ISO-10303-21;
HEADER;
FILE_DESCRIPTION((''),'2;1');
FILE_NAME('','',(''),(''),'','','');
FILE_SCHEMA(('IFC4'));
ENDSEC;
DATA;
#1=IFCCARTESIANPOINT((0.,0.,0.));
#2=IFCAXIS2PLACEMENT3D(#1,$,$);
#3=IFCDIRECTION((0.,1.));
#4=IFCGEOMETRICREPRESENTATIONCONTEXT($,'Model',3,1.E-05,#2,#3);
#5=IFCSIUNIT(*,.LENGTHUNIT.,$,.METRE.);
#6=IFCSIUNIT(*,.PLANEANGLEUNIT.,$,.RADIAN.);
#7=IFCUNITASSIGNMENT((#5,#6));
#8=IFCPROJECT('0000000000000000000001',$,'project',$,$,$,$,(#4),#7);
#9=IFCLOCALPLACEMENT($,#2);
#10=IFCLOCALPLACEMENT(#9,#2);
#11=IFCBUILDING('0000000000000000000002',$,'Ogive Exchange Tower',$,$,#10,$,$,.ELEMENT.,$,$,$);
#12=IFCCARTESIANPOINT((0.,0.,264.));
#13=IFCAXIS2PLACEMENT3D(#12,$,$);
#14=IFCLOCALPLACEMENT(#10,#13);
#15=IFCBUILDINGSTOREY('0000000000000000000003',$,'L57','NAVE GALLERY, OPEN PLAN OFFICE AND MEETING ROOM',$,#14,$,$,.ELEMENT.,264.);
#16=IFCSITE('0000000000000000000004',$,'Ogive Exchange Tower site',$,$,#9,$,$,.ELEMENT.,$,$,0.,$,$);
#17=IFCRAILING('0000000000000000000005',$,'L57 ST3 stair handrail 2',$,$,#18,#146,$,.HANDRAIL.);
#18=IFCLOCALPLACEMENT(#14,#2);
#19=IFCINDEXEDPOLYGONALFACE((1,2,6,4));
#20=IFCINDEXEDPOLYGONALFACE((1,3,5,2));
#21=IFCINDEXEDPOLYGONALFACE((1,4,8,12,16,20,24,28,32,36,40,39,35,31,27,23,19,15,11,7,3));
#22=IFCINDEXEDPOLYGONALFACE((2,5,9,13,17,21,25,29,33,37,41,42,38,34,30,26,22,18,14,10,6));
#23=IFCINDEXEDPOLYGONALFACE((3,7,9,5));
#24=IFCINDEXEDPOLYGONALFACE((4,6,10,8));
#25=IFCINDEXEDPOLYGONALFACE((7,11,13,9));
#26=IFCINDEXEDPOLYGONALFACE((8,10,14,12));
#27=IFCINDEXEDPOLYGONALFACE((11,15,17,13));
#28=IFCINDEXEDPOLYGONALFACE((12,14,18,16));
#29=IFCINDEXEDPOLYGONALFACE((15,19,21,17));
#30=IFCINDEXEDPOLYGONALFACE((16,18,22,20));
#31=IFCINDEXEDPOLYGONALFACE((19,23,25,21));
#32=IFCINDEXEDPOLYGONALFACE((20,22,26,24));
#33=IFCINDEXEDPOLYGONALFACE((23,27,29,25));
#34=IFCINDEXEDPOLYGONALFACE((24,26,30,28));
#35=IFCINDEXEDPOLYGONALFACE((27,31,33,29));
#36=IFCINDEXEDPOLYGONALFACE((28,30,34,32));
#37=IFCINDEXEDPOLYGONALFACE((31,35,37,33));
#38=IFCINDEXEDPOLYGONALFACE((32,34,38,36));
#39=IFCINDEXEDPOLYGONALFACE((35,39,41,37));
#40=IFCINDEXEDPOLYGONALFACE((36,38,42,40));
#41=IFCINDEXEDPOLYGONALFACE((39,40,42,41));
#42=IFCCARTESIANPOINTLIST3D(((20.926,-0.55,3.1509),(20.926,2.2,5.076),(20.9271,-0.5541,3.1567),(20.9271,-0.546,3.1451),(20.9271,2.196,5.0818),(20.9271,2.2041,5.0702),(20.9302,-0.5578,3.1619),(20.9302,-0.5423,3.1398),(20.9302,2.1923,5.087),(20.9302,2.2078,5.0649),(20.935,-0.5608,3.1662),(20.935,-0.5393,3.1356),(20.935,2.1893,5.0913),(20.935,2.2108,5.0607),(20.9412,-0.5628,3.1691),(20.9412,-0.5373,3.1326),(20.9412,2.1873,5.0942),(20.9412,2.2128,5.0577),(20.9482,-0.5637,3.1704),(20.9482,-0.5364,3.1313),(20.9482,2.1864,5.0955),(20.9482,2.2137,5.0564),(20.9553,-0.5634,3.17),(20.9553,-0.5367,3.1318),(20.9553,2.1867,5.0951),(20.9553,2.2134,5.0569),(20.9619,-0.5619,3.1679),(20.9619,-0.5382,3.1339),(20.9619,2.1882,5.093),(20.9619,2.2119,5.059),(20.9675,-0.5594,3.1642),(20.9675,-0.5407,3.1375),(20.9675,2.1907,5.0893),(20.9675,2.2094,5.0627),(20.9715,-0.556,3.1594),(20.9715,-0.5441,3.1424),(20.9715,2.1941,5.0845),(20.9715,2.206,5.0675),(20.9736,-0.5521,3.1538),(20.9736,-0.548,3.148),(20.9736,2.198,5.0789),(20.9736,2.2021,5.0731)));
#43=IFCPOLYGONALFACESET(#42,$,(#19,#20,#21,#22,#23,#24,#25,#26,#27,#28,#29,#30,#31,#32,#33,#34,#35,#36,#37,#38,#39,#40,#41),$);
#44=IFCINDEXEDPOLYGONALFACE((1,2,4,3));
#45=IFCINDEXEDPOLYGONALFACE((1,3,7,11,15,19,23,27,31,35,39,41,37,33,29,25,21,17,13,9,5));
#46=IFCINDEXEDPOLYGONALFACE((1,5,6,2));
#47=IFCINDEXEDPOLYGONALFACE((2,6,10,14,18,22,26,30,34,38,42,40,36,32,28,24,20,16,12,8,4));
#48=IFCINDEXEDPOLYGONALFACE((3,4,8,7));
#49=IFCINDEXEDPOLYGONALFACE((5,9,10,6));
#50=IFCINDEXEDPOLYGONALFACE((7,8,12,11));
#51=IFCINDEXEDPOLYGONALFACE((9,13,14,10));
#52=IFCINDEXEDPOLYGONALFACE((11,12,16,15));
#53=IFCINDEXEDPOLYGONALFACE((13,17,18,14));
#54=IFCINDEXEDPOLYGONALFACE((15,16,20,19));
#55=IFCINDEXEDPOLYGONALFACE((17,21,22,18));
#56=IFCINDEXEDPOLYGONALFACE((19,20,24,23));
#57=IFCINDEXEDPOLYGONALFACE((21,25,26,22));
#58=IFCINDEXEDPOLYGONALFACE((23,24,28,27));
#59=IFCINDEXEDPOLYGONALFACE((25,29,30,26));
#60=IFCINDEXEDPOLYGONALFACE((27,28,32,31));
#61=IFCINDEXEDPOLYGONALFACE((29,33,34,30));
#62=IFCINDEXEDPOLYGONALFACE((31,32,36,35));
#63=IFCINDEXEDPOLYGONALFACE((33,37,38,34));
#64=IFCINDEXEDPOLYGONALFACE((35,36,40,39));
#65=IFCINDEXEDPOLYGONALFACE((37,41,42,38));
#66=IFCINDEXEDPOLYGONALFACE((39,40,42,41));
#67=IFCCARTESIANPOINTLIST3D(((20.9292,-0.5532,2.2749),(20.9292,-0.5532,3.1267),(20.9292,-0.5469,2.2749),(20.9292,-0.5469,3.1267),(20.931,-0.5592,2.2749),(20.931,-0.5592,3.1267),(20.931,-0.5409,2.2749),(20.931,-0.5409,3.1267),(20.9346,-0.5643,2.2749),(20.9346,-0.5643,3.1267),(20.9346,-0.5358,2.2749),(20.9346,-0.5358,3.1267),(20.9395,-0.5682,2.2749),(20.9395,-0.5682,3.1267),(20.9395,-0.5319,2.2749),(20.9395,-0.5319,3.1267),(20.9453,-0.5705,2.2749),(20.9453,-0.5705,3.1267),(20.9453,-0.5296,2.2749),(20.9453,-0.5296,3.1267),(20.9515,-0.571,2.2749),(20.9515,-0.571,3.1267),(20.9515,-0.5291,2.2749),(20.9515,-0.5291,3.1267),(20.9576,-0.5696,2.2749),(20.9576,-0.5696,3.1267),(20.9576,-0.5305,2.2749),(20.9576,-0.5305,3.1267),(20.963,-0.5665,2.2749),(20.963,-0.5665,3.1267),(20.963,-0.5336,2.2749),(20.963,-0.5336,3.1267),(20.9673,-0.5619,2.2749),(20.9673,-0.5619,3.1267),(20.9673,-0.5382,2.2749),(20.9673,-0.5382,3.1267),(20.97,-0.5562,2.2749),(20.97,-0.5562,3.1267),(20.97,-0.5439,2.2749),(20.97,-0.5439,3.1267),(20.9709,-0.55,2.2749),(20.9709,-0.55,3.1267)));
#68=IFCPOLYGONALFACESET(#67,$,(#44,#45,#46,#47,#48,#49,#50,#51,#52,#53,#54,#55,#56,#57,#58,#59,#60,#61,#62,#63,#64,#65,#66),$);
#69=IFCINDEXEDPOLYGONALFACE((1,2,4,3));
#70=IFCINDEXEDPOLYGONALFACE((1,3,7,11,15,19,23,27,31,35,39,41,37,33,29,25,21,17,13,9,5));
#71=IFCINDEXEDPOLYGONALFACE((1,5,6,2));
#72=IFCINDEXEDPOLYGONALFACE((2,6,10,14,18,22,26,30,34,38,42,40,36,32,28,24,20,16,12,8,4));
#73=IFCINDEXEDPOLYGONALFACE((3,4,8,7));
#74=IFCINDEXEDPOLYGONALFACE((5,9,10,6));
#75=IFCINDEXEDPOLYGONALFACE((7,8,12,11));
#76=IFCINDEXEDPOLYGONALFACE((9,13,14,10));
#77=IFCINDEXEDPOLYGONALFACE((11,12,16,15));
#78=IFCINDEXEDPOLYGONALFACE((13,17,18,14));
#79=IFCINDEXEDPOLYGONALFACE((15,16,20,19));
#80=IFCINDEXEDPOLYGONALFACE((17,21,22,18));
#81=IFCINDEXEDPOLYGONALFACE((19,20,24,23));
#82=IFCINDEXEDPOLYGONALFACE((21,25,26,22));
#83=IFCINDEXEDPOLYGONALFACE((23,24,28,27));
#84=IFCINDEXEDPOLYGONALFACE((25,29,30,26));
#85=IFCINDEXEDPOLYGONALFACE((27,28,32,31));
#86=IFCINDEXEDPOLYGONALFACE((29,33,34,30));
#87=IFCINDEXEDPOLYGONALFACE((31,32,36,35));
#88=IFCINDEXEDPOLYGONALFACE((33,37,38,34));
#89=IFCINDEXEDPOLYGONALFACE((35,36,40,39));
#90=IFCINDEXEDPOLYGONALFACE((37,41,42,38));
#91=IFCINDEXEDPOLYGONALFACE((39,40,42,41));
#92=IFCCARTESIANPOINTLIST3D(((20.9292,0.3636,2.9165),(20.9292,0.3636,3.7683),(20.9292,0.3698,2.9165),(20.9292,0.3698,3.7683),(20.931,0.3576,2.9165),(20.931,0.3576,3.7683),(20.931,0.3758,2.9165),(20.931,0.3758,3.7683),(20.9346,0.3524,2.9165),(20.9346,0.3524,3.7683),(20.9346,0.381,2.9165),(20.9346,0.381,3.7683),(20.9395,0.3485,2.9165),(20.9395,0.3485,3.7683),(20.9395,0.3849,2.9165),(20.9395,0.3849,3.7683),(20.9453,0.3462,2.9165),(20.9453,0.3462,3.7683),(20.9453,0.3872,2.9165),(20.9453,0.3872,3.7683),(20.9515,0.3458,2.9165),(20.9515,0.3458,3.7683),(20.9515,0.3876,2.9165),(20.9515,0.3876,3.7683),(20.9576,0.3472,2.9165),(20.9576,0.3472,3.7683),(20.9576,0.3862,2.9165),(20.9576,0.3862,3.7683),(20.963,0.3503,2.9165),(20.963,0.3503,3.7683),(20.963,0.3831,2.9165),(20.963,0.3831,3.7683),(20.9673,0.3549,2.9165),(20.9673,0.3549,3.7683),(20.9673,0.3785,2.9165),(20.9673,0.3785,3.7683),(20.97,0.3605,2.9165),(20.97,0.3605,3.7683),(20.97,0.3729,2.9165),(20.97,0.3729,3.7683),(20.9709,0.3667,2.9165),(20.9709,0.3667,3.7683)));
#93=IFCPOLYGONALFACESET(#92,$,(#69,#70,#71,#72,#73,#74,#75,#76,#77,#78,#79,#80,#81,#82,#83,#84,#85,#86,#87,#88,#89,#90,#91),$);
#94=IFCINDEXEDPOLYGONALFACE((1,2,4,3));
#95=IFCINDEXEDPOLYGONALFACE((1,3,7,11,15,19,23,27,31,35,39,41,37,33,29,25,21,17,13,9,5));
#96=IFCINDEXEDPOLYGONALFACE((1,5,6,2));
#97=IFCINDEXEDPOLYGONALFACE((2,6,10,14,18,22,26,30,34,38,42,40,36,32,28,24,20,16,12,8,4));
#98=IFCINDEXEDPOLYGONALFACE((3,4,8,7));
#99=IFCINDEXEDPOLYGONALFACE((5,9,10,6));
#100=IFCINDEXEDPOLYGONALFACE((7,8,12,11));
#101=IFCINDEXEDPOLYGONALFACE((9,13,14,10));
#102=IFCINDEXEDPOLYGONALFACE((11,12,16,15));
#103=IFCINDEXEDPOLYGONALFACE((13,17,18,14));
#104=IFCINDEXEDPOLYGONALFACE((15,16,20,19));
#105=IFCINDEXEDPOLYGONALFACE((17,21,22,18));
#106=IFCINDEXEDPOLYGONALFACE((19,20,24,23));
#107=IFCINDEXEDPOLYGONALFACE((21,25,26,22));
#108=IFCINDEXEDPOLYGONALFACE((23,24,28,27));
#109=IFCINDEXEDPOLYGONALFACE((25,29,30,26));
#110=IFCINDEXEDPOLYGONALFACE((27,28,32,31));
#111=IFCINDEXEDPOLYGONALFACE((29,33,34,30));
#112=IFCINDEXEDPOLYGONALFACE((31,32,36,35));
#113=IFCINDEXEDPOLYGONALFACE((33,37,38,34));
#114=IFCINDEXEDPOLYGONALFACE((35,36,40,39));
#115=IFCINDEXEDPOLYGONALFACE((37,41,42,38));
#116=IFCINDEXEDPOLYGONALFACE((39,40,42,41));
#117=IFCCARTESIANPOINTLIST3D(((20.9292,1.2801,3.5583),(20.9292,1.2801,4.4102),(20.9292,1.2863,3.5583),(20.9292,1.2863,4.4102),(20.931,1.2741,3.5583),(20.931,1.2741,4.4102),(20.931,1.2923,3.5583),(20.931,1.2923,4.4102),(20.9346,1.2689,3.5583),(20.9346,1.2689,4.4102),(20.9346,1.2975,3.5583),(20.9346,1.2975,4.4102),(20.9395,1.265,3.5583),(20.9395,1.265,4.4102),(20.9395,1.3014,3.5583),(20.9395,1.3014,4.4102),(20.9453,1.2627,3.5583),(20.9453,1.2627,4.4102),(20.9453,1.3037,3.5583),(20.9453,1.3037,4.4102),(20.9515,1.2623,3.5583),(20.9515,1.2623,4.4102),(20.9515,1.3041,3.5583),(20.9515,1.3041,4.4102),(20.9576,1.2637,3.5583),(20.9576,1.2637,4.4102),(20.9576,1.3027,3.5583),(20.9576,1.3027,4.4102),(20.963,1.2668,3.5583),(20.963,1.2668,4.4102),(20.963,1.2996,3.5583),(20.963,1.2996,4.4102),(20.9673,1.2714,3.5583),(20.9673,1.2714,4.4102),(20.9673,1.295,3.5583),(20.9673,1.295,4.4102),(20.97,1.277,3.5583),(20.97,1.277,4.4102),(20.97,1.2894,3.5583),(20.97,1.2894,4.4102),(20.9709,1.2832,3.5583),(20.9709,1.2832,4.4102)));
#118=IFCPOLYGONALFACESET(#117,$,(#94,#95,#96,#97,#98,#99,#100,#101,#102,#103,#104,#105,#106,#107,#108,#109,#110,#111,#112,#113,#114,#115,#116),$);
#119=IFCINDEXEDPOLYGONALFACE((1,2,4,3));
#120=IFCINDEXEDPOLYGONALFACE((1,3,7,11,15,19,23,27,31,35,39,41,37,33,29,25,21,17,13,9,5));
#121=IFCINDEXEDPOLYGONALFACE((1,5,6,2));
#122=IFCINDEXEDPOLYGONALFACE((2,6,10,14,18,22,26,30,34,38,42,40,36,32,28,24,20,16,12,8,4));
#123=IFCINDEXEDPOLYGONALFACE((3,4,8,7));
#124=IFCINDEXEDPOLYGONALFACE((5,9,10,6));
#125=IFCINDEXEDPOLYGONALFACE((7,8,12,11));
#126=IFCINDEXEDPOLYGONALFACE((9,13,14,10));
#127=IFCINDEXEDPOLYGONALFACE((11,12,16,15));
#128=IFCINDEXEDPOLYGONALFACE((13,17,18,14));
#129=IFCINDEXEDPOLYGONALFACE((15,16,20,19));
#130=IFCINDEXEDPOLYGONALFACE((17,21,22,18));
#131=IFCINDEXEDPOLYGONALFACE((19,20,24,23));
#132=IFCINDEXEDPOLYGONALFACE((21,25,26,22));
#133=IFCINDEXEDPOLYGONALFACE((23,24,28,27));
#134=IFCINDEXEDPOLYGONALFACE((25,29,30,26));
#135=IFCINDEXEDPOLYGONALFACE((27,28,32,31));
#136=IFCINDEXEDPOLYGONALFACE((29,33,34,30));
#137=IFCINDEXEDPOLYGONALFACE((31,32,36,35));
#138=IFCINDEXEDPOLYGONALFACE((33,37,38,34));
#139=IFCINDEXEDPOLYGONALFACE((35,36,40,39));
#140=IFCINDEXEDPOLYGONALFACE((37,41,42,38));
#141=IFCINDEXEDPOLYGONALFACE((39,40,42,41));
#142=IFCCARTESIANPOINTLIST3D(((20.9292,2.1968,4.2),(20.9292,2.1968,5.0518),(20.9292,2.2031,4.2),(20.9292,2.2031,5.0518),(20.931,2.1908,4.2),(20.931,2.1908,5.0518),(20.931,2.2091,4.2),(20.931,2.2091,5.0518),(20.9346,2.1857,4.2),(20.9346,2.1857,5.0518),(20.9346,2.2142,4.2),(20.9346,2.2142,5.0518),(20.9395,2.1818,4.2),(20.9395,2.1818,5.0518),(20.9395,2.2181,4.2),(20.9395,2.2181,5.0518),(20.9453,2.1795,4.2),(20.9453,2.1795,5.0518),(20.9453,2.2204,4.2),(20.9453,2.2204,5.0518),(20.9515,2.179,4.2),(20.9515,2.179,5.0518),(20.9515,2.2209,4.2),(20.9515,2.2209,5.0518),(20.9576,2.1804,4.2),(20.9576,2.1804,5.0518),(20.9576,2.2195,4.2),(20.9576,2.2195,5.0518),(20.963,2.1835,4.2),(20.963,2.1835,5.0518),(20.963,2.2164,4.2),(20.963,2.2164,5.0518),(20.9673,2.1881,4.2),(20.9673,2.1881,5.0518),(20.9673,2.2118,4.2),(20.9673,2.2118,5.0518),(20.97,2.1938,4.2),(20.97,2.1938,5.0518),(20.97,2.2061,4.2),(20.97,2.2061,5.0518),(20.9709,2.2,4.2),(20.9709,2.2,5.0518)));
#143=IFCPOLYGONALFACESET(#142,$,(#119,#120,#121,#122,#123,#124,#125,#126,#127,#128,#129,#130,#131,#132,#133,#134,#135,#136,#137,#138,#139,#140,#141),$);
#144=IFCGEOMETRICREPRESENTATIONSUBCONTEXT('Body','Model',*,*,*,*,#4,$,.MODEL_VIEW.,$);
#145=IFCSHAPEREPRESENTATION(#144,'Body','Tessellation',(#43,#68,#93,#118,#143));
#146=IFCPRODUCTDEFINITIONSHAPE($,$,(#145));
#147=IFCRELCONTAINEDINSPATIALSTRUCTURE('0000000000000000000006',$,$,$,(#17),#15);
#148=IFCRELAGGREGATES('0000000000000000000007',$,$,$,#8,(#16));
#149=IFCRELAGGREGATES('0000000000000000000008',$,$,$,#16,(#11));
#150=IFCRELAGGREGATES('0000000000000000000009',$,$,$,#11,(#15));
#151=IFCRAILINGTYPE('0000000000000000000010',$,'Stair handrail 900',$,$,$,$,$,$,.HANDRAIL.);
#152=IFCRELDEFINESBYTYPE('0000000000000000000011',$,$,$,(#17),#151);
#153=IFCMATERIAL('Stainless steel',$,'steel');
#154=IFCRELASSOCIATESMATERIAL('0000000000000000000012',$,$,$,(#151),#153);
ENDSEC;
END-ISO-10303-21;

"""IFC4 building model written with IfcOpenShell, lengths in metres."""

from ifc_helpers import new_model, si_unit, direction, frame, origin, origin_2d, place, context, subcontext, project, spatial, circle, extrude, material, type_object, element, save


model = new_model("IFC4")

# Units and contexts
model_context = context("Model", 3, precision=1e-05, world=origin(), true_north=direction((0.0, 1.0)))
body_context = subcontext(model_context, "Body", "Model", "MODEL_VIEW")
ifc_project = project(units=[si_unit("LENGTHUNIT", "METRE"), si_unit("PLANEANGLEUNIT", "RADIAN")], contexts=[model_context])

# Site, building, storey
site_placement = place(None, origin())
site = spatial("IfcSite", under=ifc_project, at=site_placement, Name="Ogive Exchange Tower site", CompositionType="ELEMENT", RefElevation=0.0)
building_placement = place(site_placement, origin())
building = spatial("IfcBuilding", under=site, at=building_placement, Name="Ogive Exchange Tower", CompositionType="ELEMENT")
storey_placement = place(building_placement, frame((0.0, 0.0, 264.0)))
storey = spatial("IfcBuildingStorey", under=building, at=storey_placement, Name="L57", Description="NAVE GALLERY, OPEN PLAN OFFICE AND MEETING ROOM", CompositionType="ELEMENT", Elevation=264.0)

# Shared definitions
ifc_material_1 = material(Name="Stainless steel", Category="steel")

# Railing
railing_type = type_object("IfcRailingType", Name="Stair handrail 900", PredefinedType="HANDRAIL", material=ifc_material_1)
railing_1_placement = place(storey_placement, frame((20.95, -0.55, 2.2749)))
element("IfcRailing", 1, at=railing_1_placement, inside=storey, type_object=railing_type, Name="L57 ST3 stair handrail 2", PredefinedType="HANDRAIL", context=body_context, shape_type="SweptSolid", body=[
    extrude(circle(Radius=0.0239, at=origin_2d()), frame((0.0, 0.0, 0.876), z_axis=(0.0, 0.819225, 0.573472), x_axis=(-1.0, 0.0, 0.0)), (0.0, 0.0, 1.0), 3.3569),
    extrude(circle(Radius=0.021, at=origin_2d()), origin(), (0.0, 0.0, 1.0), 0.8518),
    extrude(circle(Radius=0.021, at=origin_2d()), frame((0.0, 0.9167, 0.6416)), (0.0, 0.0, 1.0), 0.8518),
    extrude(circle(Radius=0.021, at=origin_2d()), frame((0.0, 1.8333, 1.2834)), (0.0, 0.0, 1.0), 0.8518),
    extrude(circle(Radius=0.021, at=origin_2d()), frame((0.0, 2.75, 1.925)), (0.0, 0.0, 1.0), 0.8518),
])

save(model, "model.ifc")
